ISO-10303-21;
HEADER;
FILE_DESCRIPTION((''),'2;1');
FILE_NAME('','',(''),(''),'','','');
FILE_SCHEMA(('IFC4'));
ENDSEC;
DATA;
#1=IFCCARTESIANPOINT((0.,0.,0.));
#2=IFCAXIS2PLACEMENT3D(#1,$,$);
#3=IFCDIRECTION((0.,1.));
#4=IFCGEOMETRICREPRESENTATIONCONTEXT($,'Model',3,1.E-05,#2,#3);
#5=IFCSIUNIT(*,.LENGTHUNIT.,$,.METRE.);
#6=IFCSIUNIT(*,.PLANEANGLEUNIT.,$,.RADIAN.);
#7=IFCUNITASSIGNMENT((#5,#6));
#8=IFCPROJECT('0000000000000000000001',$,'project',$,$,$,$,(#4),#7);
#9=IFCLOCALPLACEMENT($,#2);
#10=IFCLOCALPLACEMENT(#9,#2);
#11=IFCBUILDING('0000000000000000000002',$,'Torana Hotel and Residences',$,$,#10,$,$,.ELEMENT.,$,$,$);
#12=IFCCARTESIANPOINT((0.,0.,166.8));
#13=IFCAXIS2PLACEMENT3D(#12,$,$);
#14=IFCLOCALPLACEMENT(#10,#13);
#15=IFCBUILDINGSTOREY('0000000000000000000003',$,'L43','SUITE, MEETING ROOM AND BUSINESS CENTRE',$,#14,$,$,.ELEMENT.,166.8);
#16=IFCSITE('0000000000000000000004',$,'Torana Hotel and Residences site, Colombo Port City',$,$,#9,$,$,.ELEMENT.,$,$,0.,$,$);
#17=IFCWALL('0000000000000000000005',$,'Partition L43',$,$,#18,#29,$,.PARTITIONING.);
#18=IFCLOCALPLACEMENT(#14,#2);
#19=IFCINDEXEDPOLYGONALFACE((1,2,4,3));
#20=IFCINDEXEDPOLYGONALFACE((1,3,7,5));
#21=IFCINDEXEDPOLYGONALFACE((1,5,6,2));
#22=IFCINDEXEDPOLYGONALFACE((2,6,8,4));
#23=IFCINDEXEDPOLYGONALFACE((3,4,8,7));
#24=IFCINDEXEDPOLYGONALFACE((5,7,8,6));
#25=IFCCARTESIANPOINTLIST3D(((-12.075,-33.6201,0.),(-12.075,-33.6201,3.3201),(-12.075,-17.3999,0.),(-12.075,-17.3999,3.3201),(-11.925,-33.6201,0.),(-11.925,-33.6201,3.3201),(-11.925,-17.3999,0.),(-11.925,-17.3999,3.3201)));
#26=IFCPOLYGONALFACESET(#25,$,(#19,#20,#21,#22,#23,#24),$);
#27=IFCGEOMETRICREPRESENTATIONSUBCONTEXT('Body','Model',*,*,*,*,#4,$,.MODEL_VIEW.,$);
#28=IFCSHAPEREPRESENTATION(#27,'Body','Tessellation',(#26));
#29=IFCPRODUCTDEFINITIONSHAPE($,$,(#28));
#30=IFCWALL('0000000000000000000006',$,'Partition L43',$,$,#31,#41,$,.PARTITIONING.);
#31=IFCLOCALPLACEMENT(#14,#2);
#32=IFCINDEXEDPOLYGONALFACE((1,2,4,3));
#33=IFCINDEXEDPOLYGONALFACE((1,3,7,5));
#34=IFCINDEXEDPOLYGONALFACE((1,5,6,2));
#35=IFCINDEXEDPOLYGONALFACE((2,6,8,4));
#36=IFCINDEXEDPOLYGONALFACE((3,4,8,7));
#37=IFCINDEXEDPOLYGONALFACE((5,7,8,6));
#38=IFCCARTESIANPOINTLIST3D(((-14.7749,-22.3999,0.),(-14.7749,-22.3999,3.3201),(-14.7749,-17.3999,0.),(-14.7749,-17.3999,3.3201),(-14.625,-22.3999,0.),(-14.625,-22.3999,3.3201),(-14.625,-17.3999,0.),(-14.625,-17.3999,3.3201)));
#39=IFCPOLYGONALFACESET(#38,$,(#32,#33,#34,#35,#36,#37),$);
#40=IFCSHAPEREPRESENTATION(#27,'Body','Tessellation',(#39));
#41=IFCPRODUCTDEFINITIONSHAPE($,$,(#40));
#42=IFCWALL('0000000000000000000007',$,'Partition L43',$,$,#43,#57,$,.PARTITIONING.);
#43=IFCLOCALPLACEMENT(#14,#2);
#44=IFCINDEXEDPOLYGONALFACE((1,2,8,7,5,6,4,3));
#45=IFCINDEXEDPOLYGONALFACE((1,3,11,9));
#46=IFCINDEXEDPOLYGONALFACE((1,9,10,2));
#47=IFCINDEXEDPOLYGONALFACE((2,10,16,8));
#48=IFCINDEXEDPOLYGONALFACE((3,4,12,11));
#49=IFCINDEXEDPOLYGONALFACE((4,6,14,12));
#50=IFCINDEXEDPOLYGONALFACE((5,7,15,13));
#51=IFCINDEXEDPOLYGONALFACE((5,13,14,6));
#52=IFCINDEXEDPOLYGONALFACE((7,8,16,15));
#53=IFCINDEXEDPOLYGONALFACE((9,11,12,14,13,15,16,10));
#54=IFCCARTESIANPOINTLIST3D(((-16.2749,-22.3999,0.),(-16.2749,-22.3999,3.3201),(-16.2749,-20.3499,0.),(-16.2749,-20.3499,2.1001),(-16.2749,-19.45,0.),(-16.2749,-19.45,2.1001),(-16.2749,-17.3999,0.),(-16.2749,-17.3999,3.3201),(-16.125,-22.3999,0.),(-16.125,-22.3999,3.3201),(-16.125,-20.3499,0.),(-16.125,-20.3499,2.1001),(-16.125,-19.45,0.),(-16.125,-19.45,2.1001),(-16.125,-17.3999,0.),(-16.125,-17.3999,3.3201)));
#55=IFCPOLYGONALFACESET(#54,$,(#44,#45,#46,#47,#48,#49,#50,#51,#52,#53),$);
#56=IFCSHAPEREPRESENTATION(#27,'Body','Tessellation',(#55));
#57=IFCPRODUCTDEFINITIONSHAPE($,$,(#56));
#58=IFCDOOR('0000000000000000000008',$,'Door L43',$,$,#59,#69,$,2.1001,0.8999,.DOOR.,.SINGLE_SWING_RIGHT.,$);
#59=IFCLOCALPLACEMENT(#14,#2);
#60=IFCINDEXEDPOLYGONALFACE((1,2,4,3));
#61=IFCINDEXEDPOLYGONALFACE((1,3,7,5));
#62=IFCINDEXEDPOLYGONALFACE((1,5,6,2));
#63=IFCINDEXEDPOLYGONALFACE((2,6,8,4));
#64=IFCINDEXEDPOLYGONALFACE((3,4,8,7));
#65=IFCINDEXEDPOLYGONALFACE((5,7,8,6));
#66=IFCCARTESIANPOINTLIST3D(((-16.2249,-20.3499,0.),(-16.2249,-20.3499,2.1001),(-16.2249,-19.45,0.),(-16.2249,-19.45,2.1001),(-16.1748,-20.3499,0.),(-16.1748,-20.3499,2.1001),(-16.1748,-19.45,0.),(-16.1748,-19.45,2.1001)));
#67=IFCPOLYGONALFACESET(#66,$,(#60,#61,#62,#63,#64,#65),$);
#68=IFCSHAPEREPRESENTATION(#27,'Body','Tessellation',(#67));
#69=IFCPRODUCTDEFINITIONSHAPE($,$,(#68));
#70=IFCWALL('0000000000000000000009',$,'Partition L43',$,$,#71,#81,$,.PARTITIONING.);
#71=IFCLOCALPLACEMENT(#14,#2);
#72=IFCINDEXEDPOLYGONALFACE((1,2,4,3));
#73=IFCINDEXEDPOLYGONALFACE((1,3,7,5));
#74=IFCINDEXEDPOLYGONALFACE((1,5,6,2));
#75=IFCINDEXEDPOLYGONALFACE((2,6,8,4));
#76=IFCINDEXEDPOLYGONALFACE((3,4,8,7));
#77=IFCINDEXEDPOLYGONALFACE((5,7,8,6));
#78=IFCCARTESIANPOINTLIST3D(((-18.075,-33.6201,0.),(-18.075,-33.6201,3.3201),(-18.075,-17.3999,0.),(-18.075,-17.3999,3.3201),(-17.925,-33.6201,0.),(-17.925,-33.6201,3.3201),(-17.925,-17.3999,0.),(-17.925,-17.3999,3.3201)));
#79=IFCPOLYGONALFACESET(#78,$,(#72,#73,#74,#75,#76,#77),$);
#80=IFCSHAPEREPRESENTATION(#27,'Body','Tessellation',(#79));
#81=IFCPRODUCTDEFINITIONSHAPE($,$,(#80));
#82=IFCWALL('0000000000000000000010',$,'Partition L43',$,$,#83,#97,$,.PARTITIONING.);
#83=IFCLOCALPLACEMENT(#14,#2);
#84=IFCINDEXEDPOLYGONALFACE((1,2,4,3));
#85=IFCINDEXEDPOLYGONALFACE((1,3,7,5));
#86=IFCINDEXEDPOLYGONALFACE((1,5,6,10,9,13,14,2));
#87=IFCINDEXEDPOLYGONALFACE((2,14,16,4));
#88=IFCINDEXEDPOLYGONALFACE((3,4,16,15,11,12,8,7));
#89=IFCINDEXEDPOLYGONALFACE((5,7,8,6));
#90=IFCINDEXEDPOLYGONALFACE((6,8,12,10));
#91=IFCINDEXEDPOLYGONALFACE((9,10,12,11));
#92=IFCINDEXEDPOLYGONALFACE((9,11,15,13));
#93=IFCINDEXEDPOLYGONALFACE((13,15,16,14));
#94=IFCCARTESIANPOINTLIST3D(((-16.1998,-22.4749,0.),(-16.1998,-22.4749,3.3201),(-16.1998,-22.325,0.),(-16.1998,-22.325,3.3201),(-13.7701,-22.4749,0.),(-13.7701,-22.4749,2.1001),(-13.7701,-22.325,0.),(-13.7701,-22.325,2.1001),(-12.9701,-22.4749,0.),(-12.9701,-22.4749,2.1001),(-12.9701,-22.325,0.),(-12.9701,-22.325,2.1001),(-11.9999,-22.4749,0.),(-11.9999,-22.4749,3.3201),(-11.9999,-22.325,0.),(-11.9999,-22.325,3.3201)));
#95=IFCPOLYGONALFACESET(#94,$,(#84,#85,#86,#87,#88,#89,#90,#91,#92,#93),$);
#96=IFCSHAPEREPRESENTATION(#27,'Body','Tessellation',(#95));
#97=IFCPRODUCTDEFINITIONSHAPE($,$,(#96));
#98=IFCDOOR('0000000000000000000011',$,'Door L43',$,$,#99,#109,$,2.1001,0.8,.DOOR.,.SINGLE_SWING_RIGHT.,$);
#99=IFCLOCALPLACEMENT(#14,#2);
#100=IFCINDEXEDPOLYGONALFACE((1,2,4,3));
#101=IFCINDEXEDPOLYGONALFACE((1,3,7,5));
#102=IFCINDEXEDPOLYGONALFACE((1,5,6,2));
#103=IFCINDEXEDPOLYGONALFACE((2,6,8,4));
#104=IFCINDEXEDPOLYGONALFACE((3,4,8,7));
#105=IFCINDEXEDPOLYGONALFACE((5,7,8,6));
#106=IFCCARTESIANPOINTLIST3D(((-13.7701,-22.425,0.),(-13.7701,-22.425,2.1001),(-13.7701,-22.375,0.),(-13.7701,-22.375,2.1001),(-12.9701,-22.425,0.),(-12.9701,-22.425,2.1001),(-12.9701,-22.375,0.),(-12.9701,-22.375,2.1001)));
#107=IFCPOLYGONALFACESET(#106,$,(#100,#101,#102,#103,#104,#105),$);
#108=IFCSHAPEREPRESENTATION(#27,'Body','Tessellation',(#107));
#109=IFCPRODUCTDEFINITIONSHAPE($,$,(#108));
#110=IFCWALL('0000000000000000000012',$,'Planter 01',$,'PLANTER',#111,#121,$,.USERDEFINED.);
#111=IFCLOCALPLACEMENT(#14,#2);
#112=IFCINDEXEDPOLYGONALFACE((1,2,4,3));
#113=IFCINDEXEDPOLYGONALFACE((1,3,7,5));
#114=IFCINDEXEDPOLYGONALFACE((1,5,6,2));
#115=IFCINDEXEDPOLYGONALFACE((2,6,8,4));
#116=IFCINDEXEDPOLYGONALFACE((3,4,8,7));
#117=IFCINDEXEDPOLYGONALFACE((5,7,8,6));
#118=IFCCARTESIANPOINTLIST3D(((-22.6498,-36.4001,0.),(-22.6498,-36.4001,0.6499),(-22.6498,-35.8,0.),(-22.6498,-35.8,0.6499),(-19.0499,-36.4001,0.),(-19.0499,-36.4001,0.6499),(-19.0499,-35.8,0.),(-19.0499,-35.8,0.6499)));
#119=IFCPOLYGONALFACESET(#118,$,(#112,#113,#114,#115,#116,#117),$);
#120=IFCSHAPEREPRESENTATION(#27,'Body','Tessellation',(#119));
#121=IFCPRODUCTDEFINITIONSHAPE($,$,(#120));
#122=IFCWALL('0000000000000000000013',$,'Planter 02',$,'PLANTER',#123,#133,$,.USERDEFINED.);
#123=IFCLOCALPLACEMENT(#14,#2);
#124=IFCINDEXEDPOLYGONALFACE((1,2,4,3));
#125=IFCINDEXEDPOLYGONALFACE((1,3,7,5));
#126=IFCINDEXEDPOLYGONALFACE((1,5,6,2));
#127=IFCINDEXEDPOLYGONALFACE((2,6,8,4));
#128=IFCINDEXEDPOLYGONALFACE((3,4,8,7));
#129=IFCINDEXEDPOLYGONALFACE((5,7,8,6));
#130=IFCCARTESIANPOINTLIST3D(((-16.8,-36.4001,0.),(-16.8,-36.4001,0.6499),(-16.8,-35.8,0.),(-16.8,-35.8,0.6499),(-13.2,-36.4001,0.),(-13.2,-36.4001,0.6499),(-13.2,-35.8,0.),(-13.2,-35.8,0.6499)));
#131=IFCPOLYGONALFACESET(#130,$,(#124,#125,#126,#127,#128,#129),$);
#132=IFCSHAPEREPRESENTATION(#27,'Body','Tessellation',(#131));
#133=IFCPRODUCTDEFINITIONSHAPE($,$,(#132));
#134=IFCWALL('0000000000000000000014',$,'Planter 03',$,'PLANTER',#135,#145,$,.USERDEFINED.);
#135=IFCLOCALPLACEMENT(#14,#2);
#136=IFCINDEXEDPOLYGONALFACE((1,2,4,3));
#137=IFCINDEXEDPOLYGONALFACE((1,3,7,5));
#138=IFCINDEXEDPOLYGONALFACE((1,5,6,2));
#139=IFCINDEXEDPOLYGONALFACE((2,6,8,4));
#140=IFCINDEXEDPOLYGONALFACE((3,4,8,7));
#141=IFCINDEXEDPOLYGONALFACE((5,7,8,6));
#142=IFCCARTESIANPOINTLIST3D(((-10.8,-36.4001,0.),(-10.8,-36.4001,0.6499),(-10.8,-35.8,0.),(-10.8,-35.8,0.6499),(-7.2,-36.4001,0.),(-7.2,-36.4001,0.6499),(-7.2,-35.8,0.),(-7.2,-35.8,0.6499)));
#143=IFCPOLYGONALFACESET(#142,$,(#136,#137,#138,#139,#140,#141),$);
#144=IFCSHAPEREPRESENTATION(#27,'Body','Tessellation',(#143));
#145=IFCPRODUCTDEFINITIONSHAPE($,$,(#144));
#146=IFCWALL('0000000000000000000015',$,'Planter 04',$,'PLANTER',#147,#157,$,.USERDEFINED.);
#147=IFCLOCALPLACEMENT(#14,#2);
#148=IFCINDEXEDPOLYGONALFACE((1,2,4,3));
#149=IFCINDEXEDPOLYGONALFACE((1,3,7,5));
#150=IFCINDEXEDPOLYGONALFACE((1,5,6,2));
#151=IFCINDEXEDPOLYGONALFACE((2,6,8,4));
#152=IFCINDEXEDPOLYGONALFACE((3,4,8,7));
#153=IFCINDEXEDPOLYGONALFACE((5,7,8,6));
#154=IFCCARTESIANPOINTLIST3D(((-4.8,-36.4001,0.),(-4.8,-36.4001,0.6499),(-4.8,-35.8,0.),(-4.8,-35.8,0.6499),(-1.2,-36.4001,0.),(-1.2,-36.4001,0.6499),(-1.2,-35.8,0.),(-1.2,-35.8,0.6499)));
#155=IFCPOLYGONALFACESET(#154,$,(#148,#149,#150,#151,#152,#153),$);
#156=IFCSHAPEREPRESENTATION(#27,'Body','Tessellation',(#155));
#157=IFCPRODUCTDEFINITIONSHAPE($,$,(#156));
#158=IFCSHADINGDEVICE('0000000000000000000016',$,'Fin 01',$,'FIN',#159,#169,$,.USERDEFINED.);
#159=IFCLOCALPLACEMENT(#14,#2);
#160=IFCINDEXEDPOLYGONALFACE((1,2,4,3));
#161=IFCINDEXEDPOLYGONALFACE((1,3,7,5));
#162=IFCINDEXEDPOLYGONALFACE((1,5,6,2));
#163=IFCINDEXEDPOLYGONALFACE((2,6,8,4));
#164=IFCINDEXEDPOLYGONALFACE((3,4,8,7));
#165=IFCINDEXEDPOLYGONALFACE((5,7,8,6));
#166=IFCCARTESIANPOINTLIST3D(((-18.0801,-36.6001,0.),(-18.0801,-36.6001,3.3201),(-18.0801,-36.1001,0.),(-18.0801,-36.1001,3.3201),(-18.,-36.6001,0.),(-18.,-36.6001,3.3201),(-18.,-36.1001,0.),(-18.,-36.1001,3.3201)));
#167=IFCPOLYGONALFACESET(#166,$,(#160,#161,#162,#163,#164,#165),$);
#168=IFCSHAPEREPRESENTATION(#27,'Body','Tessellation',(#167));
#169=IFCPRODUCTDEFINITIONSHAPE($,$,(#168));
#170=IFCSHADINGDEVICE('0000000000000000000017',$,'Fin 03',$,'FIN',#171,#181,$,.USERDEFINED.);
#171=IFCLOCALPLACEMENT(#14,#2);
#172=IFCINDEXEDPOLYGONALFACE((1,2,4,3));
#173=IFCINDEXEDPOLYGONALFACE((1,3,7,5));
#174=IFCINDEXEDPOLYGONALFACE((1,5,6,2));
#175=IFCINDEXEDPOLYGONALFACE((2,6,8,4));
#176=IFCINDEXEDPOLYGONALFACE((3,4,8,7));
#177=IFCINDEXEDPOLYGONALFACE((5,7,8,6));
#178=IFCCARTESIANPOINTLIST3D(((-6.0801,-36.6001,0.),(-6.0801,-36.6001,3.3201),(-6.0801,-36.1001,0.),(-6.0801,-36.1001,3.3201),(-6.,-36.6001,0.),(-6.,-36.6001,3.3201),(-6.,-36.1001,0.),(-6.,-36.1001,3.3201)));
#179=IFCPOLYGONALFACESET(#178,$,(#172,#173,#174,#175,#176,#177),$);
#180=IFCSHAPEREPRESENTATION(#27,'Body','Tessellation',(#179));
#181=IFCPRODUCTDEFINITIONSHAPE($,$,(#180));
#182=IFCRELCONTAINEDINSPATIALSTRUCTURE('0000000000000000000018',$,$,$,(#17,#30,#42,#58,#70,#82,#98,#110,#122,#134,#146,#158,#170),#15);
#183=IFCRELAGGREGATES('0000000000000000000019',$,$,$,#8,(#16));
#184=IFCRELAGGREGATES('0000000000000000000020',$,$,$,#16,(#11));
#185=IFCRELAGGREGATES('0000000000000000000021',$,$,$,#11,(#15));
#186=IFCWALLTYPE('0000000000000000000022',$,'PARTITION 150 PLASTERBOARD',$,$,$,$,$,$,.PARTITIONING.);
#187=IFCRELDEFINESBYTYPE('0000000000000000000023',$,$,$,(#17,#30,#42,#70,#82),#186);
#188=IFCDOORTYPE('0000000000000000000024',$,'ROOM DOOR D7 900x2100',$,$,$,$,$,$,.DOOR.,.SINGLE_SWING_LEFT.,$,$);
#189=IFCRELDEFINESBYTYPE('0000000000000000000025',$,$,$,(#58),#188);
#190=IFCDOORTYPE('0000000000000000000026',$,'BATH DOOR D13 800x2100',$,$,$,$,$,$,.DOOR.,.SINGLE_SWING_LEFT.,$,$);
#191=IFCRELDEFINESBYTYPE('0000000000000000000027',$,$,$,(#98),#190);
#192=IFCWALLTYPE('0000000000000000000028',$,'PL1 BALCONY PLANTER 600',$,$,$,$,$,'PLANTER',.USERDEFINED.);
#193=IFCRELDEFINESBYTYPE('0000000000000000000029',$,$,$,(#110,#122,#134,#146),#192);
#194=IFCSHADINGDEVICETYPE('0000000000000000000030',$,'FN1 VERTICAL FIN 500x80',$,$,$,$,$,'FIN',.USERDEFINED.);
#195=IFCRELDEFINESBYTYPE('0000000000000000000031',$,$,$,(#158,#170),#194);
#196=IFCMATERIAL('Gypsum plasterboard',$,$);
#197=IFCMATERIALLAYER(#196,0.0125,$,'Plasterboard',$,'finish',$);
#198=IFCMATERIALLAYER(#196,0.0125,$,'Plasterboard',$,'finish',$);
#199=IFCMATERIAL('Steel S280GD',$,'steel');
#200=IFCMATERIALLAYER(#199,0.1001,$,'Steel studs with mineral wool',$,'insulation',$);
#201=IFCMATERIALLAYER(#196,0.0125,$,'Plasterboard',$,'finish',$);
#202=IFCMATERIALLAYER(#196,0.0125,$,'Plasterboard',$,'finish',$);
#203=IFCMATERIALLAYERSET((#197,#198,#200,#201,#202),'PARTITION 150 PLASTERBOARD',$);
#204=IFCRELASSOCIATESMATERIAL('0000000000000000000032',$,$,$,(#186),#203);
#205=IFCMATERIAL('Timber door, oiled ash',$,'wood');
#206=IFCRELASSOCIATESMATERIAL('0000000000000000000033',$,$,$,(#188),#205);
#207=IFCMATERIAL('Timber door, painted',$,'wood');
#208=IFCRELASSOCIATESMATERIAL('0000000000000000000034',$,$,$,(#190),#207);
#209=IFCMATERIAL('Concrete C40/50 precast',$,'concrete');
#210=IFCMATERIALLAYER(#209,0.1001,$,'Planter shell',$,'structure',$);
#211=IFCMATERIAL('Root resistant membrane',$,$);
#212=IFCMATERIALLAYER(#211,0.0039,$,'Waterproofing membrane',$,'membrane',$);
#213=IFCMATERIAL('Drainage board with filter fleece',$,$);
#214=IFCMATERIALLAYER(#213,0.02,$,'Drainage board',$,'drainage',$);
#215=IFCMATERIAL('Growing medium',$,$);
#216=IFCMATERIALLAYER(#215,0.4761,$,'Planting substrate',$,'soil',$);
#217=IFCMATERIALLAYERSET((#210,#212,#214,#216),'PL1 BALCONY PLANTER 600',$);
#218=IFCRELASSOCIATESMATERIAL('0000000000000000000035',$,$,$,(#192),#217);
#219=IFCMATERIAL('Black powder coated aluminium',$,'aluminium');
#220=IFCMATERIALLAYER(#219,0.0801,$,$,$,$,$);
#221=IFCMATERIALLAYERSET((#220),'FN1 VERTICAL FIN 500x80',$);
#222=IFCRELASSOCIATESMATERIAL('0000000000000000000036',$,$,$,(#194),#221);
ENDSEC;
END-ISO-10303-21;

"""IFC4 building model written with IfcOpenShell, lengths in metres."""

from ifc_helpers import new_model, si_unit, direction, frame, frame_2d, origin, origin_2d, place, context, subcontext, project, spatial, rectangle, extrude, material, layer, layer_set, type_object, element, fill, save


model = new_model("IFC4")

# Units and contexts
model_context = context("Model", 3, precision=1e-05, world=origin(), true_north=direction((0.0, 1.0)))
body_context = subcontext(model_context, "Body", "Model", "MODEL_VIEW")
ifc_project = project(units=[si_unit("LENGTHUNIT", "METRE"), si_unit("PLANEANGLEUNIT", "RADIAN")], contexts=[model_context])

# Site, building, storey
site_placement = place(None, origin())
site = spatial("IfcSite", under=ifc_project, at=site_placement, Name="Torana Hotel and Residences site, Colombo Port City", CompositionType="ELEMENT", RefElevation=0.0)
building_placement = place(site_placement, origin())
building = spatial("IfcBuilding", under=site, at=building_placement, Name="Torana Hotel and Residences", CompositionType="ELEMENT")
storey_placement = place(building_placement, frame((0.0, 0.0, 166.8)))
storey = spatial("IfcBuildingStorey", under=building, at=storey_placement, Name="L43", Description="SUITE, MEETING ROOM AND BUSINESS CENTRE", CompositionType="ELEMENT", Elevation=166.8)

# Walls
ifc_material_1 = material(Name="Gypsum plasterboard")
ifc_layer_1 = layer(ifc_material_1, 0.0125, Name="Plasterboard", Category="finish")
ifc_layer_2 = layer(ifc_material_1, 0.0125, Name="Plasterboard", Category="finish")
ifc_material_2 = material(Name="Steel S280GD", Category="steel")
ifc_layer_3 = layer(ifc_material_2, 0.1001, Name="Steel studs with mineral wool", Category="insulation")
ifc_layer_4 = layer(ifc_material_1, 0.0125, Name="Plasterboard", Category="finish")
ifc_layer_5 = layer(ifc_material_1, 0.0125, Name="Plasterboard", Category="finish")
ifc_layer_set_1 = layer_set([ifc_layer_1, ifc_layer_2, ifc_layer_3, ifc_layer_4, ifc_layer_5], Name="PARTITION 150 PLASTERBOARD")
wall_type_1 = type_object("IfcWallType", Name="PARTITION 150 PLASTERBOARD", PredefinedType="PARTITIONING", material=ifc_layer_set_1)
wall_1_placement = place(storey_placement, frame((-12.0, -33.6201, 0.0), z_axis=(0.0, 0.0, 1.0), x_axis=(0.0, 1.0, 0.0)))
element("IfcWall", 1, at=wall_1_placement, inside=storey, type_object=wall_type_1, Name="Partition L43", PredefinedType="PARTITIONING", context=body_context, shape_type="SweptSolid", body=[
    extrude(rectangle(XDim=16.2202, YDim=0.1499, at=frame_2d((8.1101, 0.0))), origin(), (0.0, 0.0, 1.0), 3.3201),
])
wall_2_placement = place(storey_placement, frame((-14.7, -22.3999, 0.0), z_axis=(0.0, 0.0, 1.0), x_axis=(0.0, 1.0, 0.0)))
element("IfcWall", 2, at=wall_2_placement, inside=storey, type_object=wall_type_1, Name="Partition L43", PredefinedType="PARTITIONING", context=body_context, shape_type="SweptSolid", body=[
    extrude(rectangle(XDim=5.0, YDim=0.1499, at=frame_2d((2.5, 0.0))), origin(), (0.0, 0.0, 1.0), 3.3201),
])

# Wall, opening, door
wall_3_placement = place(storey_placement, frame((-16.2, -22.3999, 0.0), z_axis=(0.0, 0.0, 1.0), x_axis=(0.0, 1.0, 0.0)))
wall_3 = element("IfcWall", 3, at=wall_3_placement, inside=storey, type_object=wall_type_1, Name="Partition L43", PredefinedType="PARTITIONING", context=body_context, shape_type="SweptSolid", body=[
    extrude(rectangle(XDim=5.0, YDim=0.1499, at=frame_2d((2.5, 0.0))), origin(), (0.0, 0.0, 1.0), 3.3201),
])
opening_1_placement = place(wall_3_placement, frame((2.05, 0.0, 0.0)))
opening_1 = element("IfcOpeningElement", 4, at=opening_1_placement, cuts=wall_3, PredefinedType="OPENING", context=body_context, shape_type="SweptSolid", body=[
    extrude(rectangle(XDim=0.8999, YDim=2.1001, at=frame_2d((0.45, 1.05))), frame((0.0, 0.085, 0.0), z_axis=(0.0, -1.0, 0.0), x_axis=(1.0, 0.0, 0.0)), (0.0, 0.0, 1.0), 0.1699),
])
ifc_material_3 = material(Name="Timber door, oiled ash", Category="wood")
door_type_1 = type_object("IfcDoorType", Name="ROOM DOOR D7 900x2100", OperationType="SINGLE_SWING_LEFT", PredefinedType="DOOR", material=ifc_material_3)
door_1_placement = place(opening_1_placement, origin())
door_1 = element("IfcDoor", 5, at=door_1_placement, inside=storey, type_object=door_type_1, Name="Door L43", OperationType="SINGLE_SWING_RIGHT", OverallHeight=2.1001, OverallWidth=0.8999, PredefinedType="DOOR", context=body_context, shape_type="SweptSolid", body=[
    extrude(rectangle(XDim=0.8999, YDim=2.1001, at=frame_2d((0.45, 1.05))), frame((0.0, 0.0249, 0.0), z_axis=(0.0, -1.0, 0.0), x_axis=(1.0, 0.0, 0.0)), (0.0, 0.0, 1.0), 0.05),
])
fill(opening_1, door_1)

# Wall
wall_4_placement = place(storey_placement, frame((-18.0, -33.6201, 0.0), z_axis=(0.0, 0.0, 1.0), x_axis=(0.0, 1.0, 0.0)))
element("IfcWall", 6, at=wall_4_placement, inside=storey, type_object=wall_type_1, Name="Partition L43", PredefinedType="PARTITIONING", context=body_context, shape_type="SweptSolid", body=[
    extrude(rectangle(XDim=16.2202, YDim=0.1499, at=frame_2d((8.1101, 0.0))), origin(), (0.0, 0.0, 1.0), 3.3201),
])

# Wall, opening, door
wall_5_placement = place(storey_placement, frame((-16.2, -22.3999, 0.0), z_axis=(0.0, 0.0, 1.0), x_axis=(1.0, 0.0, 0.0)))
wall_5 = element("IfcWall", 7, at=wall_5_placement, inside=storey, type_object=wall_type_1, Name="Partition L43", PredefinedType="PARTITIONING", context=body_context, shape_type="SweptSolid", body=[
    extrude(rectangle(XDim=4.2, YDim=0.1499, at=frame_2d((2.1001, 0.0))), origin(), (0.0, 0.0, 1.0), 3.3201),
])
opening_2_placement = place(wall_5_placement, frame((2.4299, 0.0, 0.0)))
opening_2 = element("IfcOpeningElement", 8, at=opening_2_placement, cuts=wall_5, PredefinedType="OPENING", context=body_context, shape_type="SweptSolid", body=[
    extrude(rectangle(XDim=0.8, YDim=2.1001, at=frame_2d((0.3999, 1.05))), frame((0.0, 0.085, 0.0), z_axis=(0.0, -1.0, 0.0), x_axis=(1.0, 0.0, 0.0)), (0.0, 0.0, 1.0), 0.1699),
])
ifc_material_4 = material(Name="Timber door, painted", Category="wood")
door_type_2 = type_object("IfcDoorType", Name="BATH DOOR D13 800x2100", OperationType="SINGLE_SWING_LEFT", PredefinedType="DOOR", material=ifc_material_4)
door_2_placement = place(opening_2_placement, origin())
door_2 = element("IfcDoor", 9, at=door_2_placement, inside=storey, type_object=door_type_2, Name="Door L43", OperationType="SINGLE_SWING_RIGHT", OverallHeight=2.1001, OverallWidth=0.8, PredefinedType="DOOR", context=body_context, shape_type="SweptSolid", body=[
    extrude(rectangle(XDim=0.8, YDim=2.1001, at=frame_2d((0.3999, 1.05))), frame((0.0, 0.0249, 0.0), z_axis=(0.0, -1.0, 0.0), x_axis=(1.0, 0.0, 0.0)), (0.0, 0.0, 1.0), 0.05),
])
fill(opening_2, door_2)

# Walls
ifc_material_5 = material(Name="Concrete C40/50 precast", Category="concrete")
ifc_layer_6 = layer(ifc_material_5, 0.1001, Name="Planter shell", Category="structure")
ifc_material_6 = material(Name="Root resistant membrane")
ifc_layer_7 = layer(ifc_material_6, 0.0039, Name="Waterproofing membrane", Category="membrane")
ifc_material_7 = material(Name="Drainage board with filter fleece")
ifc_layer_8 = layer(ifc_material_7, 0.02, Name="Drainage board", Category="drainage")
ifc_material_8 = material(Name="Growing medium")
ifc_layer_9 = layer(ifc_material_8, 0.4761, Name="Planting substrate", Category="soil")
ifc_layer_set_2 = layer_set([ifc_layer_6, ifc_layer_7, ifc_layer_8, ifc_layer_9], Name="PL1 BALCONY PLANTER 600")
wall_type_2 = type_object("IfcWallType", Name="PL1 BALCONY PLANTER 600", ElementType="PLANTER", PredefinedType="USERDEFINED", material=ifc_layer_set_2)
wall_6_placement = place(storey_placement, frame((-19.05, -36.1001, 0.0), z_axis=(0.0, 0.0, 1.0), x_axis=(-1.0, 0.0, 0.0)))
element("IfcWall", 10, at=wall_6_placement, inside=storey, type_object=wall_type_2, Name="Planter 01", ObjectType="PLANTER", PredefinedType="USERDEFINED", context=body_context, shape_type="SweptSolid", body=[
    extrude(rectangle(XDim=3.5999, YDim=0.6001, at=frame_2d((1.7998, 0.0))), origin(), (0.0, 0.0, 1.0), 0.6499),
])
for number, where, z_axis, x_axis, name in (
    (11, (-13.2, -36.1001, 0.0), (0.0, 0.0, 1.0), (-1.0, 0.0, 0.0), "Planter 02"),
    (12, (-7.2, -36.1001, 0.0), (0.0, 0.0, 1.0), (-1.0, 0.0, 0.0), "Planter 03"),
    (13, (-1.2, -36.1001, 0.0), (0.0, 0.0, 1.0), (-1.0, 0.0, 0.0), "Planter 04"),
):
    element("IfcWall", number, at=place(storey_placement, frame(where, z_axis=z_axis, x_axis=x_axis)), inside=storey, type_object=wall_type_2, Name=name, ObjectType="PLANTER", PredefinedType="USERDEFINED", context=body_context, shape_type="SweptSolid", body=[
        extrude(rectangle(XDim=3.6001, YDim=0.6001, at=frame_2d((1.8, 0.0))), origin(), (0.0, 0.0, 1.0), 0.6499),
    ])

# Shading devices
ifc_material_9 = material(Name="Black powder coated aluminium", Category="aluminium")
ifc_layer_10 = layer(ifc_material_9, 0.0801)
ifc_layer_set_3 = layer_set([ifc_layer_10], Name="FN1 VERTICAL FIN 500x80")
shading_device_type = type_object("IfcShadingDeviceType", Name="FN1 VERTICAL FIN 500x80", ElementType="FIN", PredefinedType="USERDEFINED", material=ifc_layer_set_3)
for number, where, z_axis, x_axis, name in (
    (14, (-18.04, -36.3501, 0.0), (0.0, 0.0, 1.0), (-1.0, 0.0, 0.0), "Fin 01"),
    (15, (-6.04, -36.3501, 0.0), (0.0, 0.0, 1.0), (-1.0, 0.0, 0.0), "Fin 03"),
):
    element("IfcShadingDevice", number, at=place(storey_placement, frame(where, z_axis=z_axis, x_axis=x_axis)), inside=storey, type_object=shading_device_type, Name=name, ObjectType="FIN", PredefinedType="USERDEFINED", context=body_context, shape_type="SweptSolid", body=[
        extrude(rectangle(XDim=0.0801, YDim=0.5, at=origin_2d()), origin(), (0.0, 0.0, 1.0), 3.3201),
    ])

save(model, "model.ifc")
